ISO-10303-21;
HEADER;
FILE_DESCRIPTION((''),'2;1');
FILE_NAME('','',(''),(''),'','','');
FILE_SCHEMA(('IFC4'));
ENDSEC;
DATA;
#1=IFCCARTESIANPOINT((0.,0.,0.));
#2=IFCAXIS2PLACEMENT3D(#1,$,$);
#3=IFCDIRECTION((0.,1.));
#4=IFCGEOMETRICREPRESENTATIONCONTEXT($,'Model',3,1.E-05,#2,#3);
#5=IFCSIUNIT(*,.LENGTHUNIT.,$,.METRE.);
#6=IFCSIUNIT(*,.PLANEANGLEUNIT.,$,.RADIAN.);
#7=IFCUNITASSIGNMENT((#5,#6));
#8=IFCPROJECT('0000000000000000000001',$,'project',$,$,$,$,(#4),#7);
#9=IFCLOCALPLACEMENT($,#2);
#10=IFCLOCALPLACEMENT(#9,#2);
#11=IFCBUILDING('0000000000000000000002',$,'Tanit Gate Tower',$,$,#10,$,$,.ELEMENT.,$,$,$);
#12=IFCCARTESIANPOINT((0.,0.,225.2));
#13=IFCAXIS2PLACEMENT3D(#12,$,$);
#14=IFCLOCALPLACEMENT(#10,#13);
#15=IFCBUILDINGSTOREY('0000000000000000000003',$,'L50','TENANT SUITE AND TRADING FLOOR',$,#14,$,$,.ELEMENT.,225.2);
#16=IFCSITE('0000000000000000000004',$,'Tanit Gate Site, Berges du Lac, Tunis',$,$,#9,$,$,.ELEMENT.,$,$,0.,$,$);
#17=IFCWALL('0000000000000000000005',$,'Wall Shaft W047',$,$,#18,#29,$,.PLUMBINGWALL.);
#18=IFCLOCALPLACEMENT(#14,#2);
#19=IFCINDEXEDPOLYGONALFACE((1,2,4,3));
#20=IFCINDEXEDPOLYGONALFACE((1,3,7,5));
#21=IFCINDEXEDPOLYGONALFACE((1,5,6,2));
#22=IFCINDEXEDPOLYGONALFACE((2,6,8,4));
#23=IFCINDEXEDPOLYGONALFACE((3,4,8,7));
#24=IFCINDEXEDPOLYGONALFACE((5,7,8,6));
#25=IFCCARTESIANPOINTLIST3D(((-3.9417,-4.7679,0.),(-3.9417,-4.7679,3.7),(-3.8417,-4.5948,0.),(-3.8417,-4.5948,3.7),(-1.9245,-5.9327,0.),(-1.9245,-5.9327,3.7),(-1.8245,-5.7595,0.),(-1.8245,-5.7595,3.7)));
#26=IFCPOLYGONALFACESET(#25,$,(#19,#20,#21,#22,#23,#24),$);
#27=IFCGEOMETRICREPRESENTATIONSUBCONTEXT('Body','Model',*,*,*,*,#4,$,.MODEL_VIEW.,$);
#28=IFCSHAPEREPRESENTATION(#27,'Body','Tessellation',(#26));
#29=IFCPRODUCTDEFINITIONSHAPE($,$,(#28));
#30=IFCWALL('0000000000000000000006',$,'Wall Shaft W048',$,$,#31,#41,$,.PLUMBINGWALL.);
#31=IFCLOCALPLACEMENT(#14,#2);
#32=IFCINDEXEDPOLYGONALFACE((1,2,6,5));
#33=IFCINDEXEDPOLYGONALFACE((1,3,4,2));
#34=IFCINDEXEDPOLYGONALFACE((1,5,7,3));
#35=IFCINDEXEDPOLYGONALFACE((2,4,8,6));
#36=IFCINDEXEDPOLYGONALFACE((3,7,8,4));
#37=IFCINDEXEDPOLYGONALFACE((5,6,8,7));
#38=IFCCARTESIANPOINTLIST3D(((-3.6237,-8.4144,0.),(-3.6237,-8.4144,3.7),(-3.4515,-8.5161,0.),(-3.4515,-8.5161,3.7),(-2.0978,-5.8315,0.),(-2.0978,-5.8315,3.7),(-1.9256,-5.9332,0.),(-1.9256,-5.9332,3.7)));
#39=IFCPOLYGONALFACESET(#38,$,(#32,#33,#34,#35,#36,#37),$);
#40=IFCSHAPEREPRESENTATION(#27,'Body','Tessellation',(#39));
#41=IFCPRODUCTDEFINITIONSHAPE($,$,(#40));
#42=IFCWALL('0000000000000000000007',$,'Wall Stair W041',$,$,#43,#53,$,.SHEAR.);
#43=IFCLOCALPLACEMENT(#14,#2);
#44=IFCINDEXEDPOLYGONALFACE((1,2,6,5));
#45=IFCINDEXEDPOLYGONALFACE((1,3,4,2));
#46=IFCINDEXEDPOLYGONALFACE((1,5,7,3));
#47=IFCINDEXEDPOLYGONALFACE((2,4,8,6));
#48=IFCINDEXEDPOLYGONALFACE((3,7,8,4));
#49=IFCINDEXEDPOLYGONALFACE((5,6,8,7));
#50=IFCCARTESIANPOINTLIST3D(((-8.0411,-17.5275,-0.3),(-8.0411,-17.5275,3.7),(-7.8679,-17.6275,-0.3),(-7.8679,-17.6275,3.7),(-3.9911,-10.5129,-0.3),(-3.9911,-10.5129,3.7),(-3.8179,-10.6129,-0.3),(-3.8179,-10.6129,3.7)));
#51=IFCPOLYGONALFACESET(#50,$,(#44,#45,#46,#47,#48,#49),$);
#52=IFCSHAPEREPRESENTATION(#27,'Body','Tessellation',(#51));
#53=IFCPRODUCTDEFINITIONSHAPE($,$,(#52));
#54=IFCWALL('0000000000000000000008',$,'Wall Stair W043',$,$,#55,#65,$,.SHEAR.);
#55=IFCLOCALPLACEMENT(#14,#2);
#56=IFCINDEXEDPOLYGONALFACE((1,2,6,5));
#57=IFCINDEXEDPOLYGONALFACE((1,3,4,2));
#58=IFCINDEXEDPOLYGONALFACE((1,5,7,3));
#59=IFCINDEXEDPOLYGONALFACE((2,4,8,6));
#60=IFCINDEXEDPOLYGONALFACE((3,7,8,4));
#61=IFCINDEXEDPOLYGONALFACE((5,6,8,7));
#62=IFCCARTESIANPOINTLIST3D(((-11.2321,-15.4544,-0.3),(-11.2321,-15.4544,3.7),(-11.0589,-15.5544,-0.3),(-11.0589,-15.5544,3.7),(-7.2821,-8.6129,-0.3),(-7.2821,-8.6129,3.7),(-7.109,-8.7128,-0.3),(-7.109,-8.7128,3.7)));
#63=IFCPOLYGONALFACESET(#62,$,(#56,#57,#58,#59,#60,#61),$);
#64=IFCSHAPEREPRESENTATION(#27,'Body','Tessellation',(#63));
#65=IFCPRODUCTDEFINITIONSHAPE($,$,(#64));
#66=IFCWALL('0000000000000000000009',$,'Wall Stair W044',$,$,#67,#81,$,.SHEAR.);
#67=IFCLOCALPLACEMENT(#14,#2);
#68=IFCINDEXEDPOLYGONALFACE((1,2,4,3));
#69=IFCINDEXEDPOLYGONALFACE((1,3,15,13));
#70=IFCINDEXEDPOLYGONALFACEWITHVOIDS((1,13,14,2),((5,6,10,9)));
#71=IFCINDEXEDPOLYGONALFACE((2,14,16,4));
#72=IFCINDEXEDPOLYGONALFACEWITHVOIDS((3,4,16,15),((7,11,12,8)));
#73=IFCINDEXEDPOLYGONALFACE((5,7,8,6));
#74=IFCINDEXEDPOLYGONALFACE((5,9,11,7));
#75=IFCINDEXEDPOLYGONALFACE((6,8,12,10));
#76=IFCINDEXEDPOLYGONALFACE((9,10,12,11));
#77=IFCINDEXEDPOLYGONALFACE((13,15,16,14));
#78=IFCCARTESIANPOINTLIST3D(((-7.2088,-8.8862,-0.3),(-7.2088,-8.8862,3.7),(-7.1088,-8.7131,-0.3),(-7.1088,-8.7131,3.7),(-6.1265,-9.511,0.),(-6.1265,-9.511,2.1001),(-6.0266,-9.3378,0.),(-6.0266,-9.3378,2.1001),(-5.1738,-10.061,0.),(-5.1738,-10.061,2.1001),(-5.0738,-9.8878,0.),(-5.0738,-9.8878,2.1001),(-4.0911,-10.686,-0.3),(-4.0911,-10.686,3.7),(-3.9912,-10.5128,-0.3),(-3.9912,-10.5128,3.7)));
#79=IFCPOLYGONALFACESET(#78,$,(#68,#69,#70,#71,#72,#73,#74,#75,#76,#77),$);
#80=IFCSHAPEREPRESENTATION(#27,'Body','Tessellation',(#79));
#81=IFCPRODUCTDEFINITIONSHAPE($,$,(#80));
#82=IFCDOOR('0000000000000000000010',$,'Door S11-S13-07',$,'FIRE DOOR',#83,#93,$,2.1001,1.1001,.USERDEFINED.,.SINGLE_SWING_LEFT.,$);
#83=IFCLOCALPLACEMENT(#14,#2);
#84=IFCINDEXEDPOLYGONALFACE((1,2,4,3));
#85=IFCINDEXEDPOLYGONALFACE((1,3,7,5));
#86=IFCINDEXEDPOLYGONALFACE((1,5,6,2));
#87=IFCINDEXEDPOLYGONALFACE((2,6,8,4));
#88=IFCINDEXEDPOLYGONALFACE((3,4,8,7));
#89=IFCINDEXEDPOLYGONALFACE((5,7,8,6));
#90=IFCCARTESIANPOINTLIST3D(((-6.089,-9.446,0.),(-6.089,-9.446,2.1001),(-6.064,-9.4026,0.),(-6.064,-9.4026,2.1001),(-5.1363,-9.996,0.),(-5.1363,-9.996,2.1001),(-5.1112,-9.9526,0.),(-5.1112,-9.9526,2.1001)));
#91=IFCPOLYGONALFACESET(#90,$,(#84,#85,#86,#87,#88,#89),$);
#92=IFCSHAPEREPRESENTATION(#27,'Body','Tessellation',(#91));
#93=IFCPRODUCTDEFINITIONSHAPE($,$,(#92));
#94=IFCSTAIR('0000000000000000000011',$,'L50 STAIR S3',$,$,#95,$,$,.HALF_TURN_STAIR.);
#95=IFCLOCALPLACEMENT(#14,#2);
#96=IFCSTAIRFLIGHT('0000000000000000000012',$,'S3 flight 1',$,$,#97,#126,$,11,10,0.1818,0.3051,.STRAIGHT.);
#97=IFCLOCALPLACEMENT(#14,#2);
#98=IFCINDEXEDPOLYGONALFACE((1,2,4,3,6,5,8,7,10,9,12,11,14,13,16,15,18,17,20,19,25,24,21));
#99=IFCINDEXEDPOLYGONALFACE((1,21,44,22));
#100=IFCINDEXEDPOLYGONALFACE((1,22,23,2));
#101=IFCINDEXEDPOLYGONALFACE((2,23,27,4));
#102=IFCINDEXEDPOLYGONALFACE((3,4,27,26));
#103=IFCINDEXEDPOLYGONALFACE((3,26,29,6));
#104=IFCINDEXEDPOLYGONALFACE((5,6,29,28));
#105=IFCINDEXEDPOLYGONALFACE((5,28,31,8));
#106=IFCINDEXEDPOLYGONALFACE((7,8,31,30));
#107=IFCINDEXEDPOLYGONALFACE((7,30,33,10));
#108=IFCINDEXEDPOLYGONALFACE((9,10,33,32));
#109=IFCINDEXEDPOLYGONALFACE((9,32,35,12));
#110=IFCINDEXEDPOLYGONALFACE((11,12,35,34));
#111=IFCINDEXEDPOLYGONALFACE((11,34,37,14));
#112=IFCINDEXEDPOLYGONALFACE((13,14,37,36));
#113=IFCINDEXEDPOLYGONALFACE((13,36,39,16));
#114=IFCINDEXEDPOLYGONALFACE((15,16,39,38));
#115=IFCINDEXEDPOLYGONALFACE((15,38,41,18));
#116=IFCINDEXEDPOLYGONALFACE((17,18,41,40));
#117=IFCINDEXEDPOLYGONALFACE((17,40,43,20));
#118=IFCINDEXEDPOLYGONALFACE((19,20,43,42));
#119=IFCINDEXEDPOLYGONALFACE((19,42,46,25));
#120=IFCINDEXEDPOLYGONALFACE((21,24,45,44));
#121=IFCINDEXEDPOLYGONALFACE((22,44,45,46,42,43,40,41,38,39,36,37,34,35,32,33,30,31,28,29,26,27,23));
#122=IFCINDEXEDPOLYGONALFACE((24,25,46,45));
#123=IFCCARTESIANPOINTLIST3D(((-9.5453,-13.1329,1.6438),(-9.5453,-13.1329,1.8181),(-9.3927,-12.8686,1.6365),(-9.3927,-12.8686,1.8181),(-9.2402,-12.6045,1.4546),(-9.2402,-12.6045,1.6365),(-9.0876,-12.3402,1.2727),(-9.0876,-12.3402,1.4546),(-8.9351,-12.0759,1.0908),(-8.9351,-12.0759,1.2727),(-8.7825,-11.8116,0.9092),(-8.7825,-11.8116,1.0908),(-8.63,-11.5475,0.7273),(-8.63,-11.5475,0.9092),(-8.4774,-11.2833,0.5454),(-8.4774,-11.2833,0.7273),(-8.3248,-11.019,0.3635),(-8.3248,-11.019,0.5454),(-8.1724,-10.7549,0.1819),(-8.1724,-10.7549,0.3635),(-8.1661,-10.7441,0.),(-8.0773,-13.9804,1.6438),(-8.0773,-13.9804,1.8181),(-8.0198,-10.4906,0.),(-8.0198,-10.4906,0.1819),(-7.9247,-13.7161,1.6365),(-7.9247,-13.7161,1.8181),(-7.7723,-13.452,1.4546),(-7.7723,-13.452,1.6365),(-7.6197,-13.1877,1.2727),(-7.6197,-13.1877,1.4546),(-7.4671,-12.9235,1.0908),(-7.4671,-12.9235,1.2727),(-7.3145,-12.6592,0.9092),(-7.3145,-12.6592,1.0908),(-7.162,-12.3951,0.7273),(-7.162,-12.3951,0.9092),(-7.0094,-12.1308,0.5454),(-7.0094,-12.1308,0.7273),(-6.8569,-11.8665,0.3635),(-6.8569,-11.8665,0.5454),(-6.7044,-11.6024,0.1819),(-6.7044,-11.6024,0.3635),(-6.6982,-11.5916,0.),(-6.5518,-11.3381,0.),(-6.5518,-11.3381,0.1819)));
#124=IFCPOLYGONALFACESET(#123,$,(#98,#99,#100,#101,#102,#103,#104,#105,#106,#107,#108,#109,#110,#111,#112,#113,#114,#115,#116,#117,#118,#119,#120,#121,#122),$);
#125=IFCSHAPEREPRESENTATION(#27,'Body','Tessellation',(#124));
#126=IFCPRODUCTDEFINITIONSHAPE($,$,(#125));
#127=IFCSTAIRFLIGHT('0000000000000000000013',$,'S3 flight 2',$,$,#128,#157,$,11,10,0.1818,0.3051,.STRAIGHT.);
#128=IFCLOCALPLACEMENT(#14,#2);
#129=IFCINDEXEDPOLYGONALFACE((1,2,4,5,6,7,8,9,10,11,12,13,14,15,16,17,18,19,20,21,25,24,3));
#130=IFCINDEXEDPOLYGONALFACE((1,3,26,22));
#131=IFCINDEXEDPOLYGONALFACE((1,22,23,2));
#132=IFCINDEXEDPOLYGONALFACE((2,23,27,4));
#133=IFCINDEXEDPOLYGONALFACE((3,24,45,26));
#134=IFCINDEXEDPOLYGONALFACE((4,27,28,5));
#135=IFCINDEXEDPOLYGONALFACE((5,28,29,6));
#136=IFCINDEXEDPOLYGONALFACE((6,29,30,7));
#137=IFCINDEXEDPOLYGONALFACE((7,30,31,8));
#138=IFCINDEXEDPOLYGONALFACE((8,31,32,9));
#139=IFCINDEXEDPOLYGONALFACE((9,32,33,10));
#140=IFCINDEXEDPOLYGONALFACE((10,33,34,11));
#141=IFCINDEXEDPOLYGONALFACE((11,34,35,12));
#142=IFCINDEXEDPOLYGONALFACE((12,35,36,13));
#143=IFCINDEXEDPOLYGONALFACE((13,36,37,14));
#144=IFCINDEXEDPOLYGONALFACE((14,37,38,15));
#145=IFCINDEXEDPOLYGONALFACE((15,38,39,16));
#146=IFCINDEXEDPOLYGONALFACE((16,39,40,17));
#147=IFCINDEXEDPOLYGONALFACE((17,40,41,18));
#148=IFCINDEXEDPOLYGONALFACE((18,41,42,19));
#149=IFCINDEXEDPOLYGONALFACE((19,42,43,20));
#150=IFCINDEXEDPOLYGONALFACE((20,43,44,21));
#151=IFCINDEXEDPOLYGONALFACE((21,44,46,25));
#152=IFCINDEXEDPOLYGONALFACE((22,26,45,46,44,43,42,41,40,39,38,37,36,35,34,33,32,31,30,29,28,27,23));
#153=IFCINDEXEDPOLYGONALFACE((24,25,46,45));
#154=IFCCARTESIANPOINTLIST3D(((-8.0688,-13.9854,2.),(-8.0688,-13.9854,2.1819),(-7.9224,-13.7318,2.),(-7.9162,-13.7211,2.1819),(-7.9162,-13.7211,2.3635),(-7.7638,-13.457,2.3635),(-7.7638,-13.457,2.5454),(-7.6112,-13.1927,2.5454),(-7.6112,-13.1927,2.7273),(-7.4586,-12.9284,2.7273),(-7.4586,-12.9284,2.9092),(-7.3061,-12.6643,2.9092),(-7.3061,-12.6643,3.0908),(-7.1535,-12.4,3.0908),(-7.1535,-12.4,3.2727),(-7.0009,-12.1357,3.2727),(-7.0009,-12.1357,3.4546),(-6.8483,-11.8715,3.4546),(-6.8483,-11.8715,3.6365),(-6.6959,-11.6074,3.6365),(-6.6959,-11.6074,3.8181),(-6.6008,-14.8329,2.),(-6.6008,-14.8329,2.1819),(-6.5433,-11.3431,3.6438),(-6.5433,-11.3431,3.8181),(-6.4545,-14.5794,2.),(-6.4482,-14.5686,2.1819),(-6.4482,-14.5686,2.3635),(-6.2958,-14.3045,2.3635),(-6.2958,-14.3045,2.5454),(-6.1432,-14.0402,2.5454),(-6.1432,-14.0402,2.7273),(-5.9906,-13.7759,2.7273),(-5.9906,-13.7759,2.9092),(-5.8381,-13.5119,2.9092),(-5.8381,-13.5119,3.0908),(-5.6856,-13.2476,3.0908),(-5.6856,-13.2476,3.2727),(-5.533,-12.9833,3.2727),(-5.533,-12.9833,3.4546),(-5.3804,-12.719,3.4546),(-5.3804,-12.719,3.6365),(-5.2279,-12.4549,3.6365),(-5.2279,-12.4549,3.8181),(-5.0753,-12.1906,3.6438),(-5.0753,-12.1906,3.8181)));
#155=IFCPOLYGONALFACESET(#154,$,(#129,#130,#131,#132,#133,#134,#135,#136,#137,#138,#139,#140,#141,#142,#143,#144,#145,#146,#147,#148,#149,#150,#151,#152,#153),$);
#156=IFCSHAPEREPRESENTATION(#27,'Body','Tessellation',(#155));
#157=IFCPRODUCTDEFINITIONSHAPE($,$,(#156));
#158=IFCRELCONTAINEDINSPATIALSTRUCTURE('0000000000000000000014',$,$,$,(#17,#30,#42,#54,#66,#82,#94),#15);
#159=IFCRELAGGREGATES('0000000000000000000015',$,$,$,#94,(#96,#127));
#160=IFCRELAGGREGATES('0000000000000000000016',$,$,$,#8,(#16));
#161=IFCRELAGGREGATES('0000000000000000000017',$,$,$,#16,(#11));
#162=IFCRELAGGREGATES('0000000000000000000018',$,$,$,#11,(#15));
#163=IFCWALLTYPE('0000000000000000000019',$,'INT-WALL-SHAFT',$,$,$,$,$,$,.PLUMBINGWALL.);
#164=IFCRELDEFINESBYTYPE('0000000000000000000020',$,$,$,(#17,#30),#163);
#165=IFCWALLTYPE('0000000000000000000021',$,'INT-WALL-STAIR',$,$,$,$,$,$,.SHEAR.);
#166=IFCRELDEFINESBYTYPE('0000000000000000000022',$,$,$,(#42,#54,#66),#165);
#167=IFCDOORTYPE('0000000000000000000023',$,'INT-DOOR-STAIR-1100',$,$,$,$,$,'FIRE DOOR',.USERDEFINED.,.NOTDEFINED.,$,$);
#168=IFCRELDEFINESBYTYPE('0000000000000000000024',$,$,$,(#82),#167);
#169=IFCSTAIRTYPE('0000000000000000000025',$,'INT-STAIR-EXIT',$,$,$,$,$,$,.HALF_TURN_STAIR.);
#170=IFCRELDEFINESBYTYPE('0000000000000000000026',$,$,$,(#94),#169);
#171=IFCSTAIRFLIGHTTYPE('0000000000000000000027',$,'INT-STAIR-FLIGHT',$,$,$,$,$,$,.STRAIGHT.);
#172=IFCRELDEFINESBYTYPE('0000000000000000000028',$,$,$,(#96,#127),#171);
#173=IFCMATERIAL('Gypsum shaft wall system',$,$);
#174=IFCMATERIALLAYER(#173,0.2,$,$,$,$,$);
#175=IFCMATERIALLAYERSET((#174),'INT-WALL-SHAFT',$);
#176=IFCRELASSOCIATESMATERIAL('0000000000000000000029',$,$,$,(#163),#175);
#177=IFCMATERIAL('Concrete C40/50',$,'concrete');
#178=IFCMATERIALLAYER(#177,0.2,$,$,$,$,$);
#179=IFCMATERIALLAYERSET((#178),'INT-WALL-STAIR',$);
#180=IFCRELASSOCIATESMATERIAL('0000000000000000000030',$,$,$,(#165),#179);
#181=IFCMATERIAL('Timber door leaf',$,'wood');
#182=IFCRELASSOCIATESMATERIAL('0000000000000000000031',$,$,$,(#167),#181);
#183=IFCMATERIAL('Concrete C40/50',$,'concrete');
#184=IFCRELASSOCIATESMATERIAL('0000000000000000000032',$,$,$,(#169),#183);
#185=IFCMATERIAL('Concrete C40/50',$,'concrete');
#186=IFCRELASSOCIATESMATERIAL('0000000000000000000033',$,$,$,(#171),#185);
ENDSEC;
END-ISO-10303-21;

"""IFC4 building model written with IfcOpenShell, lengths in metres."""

from ifc_helpers import new_model, si_unit, direction, frame, frame_2d, origin, place, context, subcontext, project, spatial, polyline, rectangle, outline, extrude, material, layer, layer_set, type_object, element, fill, aggregate, save


model = new_model("IFC4")

# Units and contexts
model_context = context("Model", 3, precision=1e-05, world=origin(), true_north=direction((0.0, 1.0)))
body_context = subcontext(model_context, "Body", "Model", "MODEL_VIEW")
ifc_project = project(units=[si_unit("LENGTHUNIT", "METRE"), si_unit("PLANEANGLEUNIT", "RADIAN")], contexts=[model_context])

# Site, building, storey
site_placement = place(None, origin())
site = spatial("IfcSite", under=ifc_project, at=site_placement, Name="Tanit Gate Site, Berges du Lac, Tunis", CompositionType="ELEMENT", RefElevation=0.0)
building_placement = place(site_placement, origin())
building = spatial("IfcBuilding", under=site, at=building_placement, Name="Tanit Gate Tower", CompositionType="ELEMENT")
storey_placement = place(building_placement, frame((0.0, 0.0, 225.2)))
storey = spatial("IfcBuildingStorey", under=building, at=storey_placement, Name="L50", Description="TENANT SUITE AND TRADING FLOOR", CompositionType="ELEMENT", Elevation=225.2)

# Shared definitions
ifc_material_1 = material(Name="Gypsum shaft wall system")
ifc_layer_1 = layer(ifc_material_1, 0.2)
ifc_layer_set_1 = layer_set([ifc_layer_1], Name="INT-WALL-SHAFT")
wall_type_1 = type_object("IfcWallType", Name="INT-WALL-SHAFT", PredefinedType="PLUMBINGWALL", material=ifc_layer_set_1)

# Walls
wall_1_placement = place(storey_placement, frame((-3.8916, -4.6814, 0.0), z_axis=(0.0, 0.0, 1.0), x_axis=(0.866009, -0.500028, 0.0)))
element("IfcWall", 1, at=wall_1_placement, inside=storey, type_object=wall_type_1, Name="Wall Shaft W047", PredefinedType="PLUMBINGWALL", context=body_context, shape_type="SweptSolid", body=[
    extrude(rectangle(XDim=2.3293, YDim=0.2, at=frame_2d((1.1646, 0.0))), origin(), (0.0, 0.0, 1.0), 3.7),
])
wall_2_placement = place(storey_placement, frame((-2.0117, -5.8823, 0.0), z_axis=(0.0, 0.0, 1.0), x_axis=(-0.50862, -0.860991, 0.0)))
element("IfcWall", 2, at=wall_2_placement, inside=storey, type_object=wall_type_1, Name="Wall Shaft W048", PredefinedType="PLUMBINGWALL", context=body_context, shape_type="SweptSolid", body=[
    extrude(rectangle(XDim=3.0, YDim=0.2, at=frame_2d((1.5, 0.0))), origin(), (0.0, 0.0, 1.0), 3.7),
])
ifc_material_2 = material(Name="Concrete C40/50", Category="concrete")
ifc_layer_2 = layer(ifc_material_2, 0.2)
ifc_layer_set_2 = layer_set([ifc_layer_2], Name="INT-WALL-STAIR")
wall_type_2 = type_object("IfcWallType", Name="INT-WALL-STAIR", PredefinedType="SHEAR", material=ifc_layer_set_2)
wall_3_placement = place(storey_placement, frame((-3.9045, -10.563, -0.3), z_axis=(0.0, 0.0, 1.0), x_axis=(-0.500013, -0.866018, 0.0)))
element("IfcWall", 3, at=wall_3_placement, inside=storey, type_object=wall_type_2, Name="Wall Stair W041", PredefinedType="SHEAR", context=body_context, shape_type="SweptSolid", body=[
    extrude(rectangle(XDim=8.0999, YDim=0.2, at=frame_2d((4.0498, 0.0))), origin(), (0.0, 0.0, 1.0), 4.0),
])
wall_4_placement = place(storey_placement, frame((-7.1956, -8.6628, -0.3), z_axis=(0.0, 0.0, 1.0), x_axis=(-0.499998, -0.866027, 0.0)))
element("IfcWall", 4, at=wall_4_placement, inside=storey, type_object=wall_type_2, Name="Wall Stair W043", PredefinedType="SHEAR", context=body_context, shape_type="SweptSolid", body=[
    extrude(rectangle(XDim=7.8999, YDim=0.2, at=frame_2d((3.95, 0.0))), origin(), (0.0, 0.0, 1.0), 4.0),
])

# Wall, opening, door
wall_5_placement = place(storey_placement, frame((-4.0413, -10.5994, -0.3), z_axis=(0.0, 0.0, 1.0), x_axis=(-0.866048, 0.499961, 0.0)))
wall_5 = element("IfcWall", 5, at=wall_5_placement, inside=storey, type_object=wall_type_2, Name="Wall Stair W044", PredefinedType="SHEAR", context=body_context, shape_type="SweptSolid", body=[
    extrude(rectangle(XDim=3.5999, YDim=0.2, at=frame_2d((1.7998, 0.0))), origin(), (0.0, 0.0, 1.0), 4.0),
])
opening_1_placement = place(wall_5_placement, frame((1.25, 0.0, 0.3)))
opening_1 = element("IfcOpeningElement", 6, at=opening_1_placement, cuts=wall_5, PredefinedType="OPENING", context=body_context, shape_type="SweptSolid", body=[
    extrude(rectangle(XDim=1.1001, YDim=2.1001, at=frame_2d((0.55, 1.05))), frame((0.0, 0.1099, 0.0), z_axis=(0.0, -1.0, 0.0), x_axis=(1.0, 0.0, 0.0)), (0.0, 0.0, 1.0), 0.22),
])
ifc_material_3 = material(Name="Timber door leaf", Category="wood")
door_type_1 = type_object("IfcDoorType", Name="INT-DOOR-STAIR-1100", ElementType="FIRE DOOR", OperationType="NOTDEFINED", PredefinedType="USERDEFINED", material=ifc_material_3)
door_1_placement = place(opening_1_placement, origin())
door_1 = element("IfcDoor", 7, at=door_1_placement, inside=storey, type_object=door_type_1, Name="Door S11-S13-07", ObjectType="FIRE DOOR", OperationType="SINGLE_SWING_LEFT", OverallHeight=2.1001, OverallWidth=1.1001, PredefinedType="USERDEFINED", context=body_context, shape_type="SweptSolid", body=[
    extrude(rectangle(XDim=1.1001, YDim=2.1001, at=frame_2d((0.55, 1.05))), frame((0.0, 0.0249, 0.0), z_axis=(0.0, -1.0, 0.0), x_axis=(1.0, 0.0, 0.0)), (0.0, 0.0, 1.0), 0.05),
])
fill(opening_1, door_1)

# Stair, stair flights
ifc_material_4 = material(Name="Concrete C40/50", Category="concrete")
stair_type = type_object("IfcStairType", Name="INT-STAIR-EXIT", PredefinedType="HALF_TURN_STAIR", material=ifc_material_4)
stair_placement = place(storey_placement, origin())
stair = element("IfcStair", 8, at=stair_placement, inside=storey, type_object=stair_type, Name="L50 STAIR S3", PredefinedType="HALF_TURN_STAIR")
ifc_material_5 = material(Name="Concrete C40/50", Category="concrete")
stair_flight_type = type_object("IfcStairFlightType", Name="INT-STAIR-FLIGHT", PredefinedType="STRAIGHT", material=ifc_material_5)
stair_flight_1_placement = place(storey_placement, frame((-7.2859, -10.9143, 0.0), z_axis=(0.0, 0.0, 1.0), x_axis=(-0.5, -0.866025, 0.0)))
stair_flight_1 = element("IfcStairFlight", 9, at=stair_flight_1_placement, type_object=stair_flight_type, Name="S3 flight 1", NumberOfRisers=11, NumberOfTreads=10, PredefinedType="STRAIGHT", RiserHeight=0.1818, TreadLength=0.3051, context=body_context, shape_type="SweptSolid", body=[
    extrude(outline(polyline([(0.0, 0.0), (0.0, 0.1819), (0.3052, 0.1819), (0.3052, 0.3635), (0.6101, 0.3635), (0.6101, 0.5454), (0.9153, 0.5454), (0.9153, 0.7273), (1.2205, 0.7273), (1.2205, 0.9092), (1.5254, 0.9092), (1.5254, 1.0908), (1.8306, 1.0908), (1.8306, 1.2727), (2.1357, 1.2727), (2.1357, 1.4546), (2.4409, 1.4546), (2.4409, 1.6365), (2.7458, 1.6365), (2.7458, 1.8181), (3.051, 1.8181), (3.051, 2.0), (3.051, 1.6438), (0.2927, 0.0), (0.0, 0.0)])), frame((0.0, 0.8477, 0.0), z_axis=(0.0, -1.0, 0.0), x_axis=(1.0, 0.0, 0.0)), (0.0, 0.0, 1.0), 1.6951),
])
stair_flight_2_placement = place(storey_placement, frame((-7.3347, -14.4092, 2.0), z_axis=(0.0, 0.0, 1.0), x_axis=(0.5, 0.866025, 0.0)))
stair_flight_2 = element("IfcStairFlight", 10, at=stair_flight_2_placement, type_object=stair_flight_type, Name="S3 flight 2", NumberOfRisers=11, NumberOfTreads=10, PredefinedType="STRAIGHT", RiserHeight=0.1818, TreadLength=0.3051, context=body_context, shape_type="SweptSolid", body=[
    extrude(outline(polyline([(0.0, 0.0), (0.0, 0.1819), (0.3052, 0.1819), (0.3052, 0.3635), (0.6101, 0.3635), (0.6101, 0.5454), (0.9153, 0.5454), (0.9153, 0.7273), (1.2205, 0.7273), (1.2205, 0.9092), (1.5254, 0.9092), (1.5254, 1.0908), (1.8306, 1.0908), (1.8306, 1.2727), (2.1357, 1.2727), (2.1357, 1.4546), (2.4409, 1.4546), (2.4409, 1.6365), (2.7458, 1.6365), (2.7458, 1.8181), (3.051, 1.8181), (3.051, 2.0), (3.051, 1.6438), (0.2927, 0.0), (0.0, 0.0)])), frame((0.0, 0.8477, 0.0), z_axis=(0.0, -1.0, 0.0), x_axis=(1.0, 0.0, 0.0)), (0.0, 0.0, 1.0), 1.6951),
])
aggregate(stair, [stair_flight_1, stair_flight_2])

save(model, "model.ifc")
